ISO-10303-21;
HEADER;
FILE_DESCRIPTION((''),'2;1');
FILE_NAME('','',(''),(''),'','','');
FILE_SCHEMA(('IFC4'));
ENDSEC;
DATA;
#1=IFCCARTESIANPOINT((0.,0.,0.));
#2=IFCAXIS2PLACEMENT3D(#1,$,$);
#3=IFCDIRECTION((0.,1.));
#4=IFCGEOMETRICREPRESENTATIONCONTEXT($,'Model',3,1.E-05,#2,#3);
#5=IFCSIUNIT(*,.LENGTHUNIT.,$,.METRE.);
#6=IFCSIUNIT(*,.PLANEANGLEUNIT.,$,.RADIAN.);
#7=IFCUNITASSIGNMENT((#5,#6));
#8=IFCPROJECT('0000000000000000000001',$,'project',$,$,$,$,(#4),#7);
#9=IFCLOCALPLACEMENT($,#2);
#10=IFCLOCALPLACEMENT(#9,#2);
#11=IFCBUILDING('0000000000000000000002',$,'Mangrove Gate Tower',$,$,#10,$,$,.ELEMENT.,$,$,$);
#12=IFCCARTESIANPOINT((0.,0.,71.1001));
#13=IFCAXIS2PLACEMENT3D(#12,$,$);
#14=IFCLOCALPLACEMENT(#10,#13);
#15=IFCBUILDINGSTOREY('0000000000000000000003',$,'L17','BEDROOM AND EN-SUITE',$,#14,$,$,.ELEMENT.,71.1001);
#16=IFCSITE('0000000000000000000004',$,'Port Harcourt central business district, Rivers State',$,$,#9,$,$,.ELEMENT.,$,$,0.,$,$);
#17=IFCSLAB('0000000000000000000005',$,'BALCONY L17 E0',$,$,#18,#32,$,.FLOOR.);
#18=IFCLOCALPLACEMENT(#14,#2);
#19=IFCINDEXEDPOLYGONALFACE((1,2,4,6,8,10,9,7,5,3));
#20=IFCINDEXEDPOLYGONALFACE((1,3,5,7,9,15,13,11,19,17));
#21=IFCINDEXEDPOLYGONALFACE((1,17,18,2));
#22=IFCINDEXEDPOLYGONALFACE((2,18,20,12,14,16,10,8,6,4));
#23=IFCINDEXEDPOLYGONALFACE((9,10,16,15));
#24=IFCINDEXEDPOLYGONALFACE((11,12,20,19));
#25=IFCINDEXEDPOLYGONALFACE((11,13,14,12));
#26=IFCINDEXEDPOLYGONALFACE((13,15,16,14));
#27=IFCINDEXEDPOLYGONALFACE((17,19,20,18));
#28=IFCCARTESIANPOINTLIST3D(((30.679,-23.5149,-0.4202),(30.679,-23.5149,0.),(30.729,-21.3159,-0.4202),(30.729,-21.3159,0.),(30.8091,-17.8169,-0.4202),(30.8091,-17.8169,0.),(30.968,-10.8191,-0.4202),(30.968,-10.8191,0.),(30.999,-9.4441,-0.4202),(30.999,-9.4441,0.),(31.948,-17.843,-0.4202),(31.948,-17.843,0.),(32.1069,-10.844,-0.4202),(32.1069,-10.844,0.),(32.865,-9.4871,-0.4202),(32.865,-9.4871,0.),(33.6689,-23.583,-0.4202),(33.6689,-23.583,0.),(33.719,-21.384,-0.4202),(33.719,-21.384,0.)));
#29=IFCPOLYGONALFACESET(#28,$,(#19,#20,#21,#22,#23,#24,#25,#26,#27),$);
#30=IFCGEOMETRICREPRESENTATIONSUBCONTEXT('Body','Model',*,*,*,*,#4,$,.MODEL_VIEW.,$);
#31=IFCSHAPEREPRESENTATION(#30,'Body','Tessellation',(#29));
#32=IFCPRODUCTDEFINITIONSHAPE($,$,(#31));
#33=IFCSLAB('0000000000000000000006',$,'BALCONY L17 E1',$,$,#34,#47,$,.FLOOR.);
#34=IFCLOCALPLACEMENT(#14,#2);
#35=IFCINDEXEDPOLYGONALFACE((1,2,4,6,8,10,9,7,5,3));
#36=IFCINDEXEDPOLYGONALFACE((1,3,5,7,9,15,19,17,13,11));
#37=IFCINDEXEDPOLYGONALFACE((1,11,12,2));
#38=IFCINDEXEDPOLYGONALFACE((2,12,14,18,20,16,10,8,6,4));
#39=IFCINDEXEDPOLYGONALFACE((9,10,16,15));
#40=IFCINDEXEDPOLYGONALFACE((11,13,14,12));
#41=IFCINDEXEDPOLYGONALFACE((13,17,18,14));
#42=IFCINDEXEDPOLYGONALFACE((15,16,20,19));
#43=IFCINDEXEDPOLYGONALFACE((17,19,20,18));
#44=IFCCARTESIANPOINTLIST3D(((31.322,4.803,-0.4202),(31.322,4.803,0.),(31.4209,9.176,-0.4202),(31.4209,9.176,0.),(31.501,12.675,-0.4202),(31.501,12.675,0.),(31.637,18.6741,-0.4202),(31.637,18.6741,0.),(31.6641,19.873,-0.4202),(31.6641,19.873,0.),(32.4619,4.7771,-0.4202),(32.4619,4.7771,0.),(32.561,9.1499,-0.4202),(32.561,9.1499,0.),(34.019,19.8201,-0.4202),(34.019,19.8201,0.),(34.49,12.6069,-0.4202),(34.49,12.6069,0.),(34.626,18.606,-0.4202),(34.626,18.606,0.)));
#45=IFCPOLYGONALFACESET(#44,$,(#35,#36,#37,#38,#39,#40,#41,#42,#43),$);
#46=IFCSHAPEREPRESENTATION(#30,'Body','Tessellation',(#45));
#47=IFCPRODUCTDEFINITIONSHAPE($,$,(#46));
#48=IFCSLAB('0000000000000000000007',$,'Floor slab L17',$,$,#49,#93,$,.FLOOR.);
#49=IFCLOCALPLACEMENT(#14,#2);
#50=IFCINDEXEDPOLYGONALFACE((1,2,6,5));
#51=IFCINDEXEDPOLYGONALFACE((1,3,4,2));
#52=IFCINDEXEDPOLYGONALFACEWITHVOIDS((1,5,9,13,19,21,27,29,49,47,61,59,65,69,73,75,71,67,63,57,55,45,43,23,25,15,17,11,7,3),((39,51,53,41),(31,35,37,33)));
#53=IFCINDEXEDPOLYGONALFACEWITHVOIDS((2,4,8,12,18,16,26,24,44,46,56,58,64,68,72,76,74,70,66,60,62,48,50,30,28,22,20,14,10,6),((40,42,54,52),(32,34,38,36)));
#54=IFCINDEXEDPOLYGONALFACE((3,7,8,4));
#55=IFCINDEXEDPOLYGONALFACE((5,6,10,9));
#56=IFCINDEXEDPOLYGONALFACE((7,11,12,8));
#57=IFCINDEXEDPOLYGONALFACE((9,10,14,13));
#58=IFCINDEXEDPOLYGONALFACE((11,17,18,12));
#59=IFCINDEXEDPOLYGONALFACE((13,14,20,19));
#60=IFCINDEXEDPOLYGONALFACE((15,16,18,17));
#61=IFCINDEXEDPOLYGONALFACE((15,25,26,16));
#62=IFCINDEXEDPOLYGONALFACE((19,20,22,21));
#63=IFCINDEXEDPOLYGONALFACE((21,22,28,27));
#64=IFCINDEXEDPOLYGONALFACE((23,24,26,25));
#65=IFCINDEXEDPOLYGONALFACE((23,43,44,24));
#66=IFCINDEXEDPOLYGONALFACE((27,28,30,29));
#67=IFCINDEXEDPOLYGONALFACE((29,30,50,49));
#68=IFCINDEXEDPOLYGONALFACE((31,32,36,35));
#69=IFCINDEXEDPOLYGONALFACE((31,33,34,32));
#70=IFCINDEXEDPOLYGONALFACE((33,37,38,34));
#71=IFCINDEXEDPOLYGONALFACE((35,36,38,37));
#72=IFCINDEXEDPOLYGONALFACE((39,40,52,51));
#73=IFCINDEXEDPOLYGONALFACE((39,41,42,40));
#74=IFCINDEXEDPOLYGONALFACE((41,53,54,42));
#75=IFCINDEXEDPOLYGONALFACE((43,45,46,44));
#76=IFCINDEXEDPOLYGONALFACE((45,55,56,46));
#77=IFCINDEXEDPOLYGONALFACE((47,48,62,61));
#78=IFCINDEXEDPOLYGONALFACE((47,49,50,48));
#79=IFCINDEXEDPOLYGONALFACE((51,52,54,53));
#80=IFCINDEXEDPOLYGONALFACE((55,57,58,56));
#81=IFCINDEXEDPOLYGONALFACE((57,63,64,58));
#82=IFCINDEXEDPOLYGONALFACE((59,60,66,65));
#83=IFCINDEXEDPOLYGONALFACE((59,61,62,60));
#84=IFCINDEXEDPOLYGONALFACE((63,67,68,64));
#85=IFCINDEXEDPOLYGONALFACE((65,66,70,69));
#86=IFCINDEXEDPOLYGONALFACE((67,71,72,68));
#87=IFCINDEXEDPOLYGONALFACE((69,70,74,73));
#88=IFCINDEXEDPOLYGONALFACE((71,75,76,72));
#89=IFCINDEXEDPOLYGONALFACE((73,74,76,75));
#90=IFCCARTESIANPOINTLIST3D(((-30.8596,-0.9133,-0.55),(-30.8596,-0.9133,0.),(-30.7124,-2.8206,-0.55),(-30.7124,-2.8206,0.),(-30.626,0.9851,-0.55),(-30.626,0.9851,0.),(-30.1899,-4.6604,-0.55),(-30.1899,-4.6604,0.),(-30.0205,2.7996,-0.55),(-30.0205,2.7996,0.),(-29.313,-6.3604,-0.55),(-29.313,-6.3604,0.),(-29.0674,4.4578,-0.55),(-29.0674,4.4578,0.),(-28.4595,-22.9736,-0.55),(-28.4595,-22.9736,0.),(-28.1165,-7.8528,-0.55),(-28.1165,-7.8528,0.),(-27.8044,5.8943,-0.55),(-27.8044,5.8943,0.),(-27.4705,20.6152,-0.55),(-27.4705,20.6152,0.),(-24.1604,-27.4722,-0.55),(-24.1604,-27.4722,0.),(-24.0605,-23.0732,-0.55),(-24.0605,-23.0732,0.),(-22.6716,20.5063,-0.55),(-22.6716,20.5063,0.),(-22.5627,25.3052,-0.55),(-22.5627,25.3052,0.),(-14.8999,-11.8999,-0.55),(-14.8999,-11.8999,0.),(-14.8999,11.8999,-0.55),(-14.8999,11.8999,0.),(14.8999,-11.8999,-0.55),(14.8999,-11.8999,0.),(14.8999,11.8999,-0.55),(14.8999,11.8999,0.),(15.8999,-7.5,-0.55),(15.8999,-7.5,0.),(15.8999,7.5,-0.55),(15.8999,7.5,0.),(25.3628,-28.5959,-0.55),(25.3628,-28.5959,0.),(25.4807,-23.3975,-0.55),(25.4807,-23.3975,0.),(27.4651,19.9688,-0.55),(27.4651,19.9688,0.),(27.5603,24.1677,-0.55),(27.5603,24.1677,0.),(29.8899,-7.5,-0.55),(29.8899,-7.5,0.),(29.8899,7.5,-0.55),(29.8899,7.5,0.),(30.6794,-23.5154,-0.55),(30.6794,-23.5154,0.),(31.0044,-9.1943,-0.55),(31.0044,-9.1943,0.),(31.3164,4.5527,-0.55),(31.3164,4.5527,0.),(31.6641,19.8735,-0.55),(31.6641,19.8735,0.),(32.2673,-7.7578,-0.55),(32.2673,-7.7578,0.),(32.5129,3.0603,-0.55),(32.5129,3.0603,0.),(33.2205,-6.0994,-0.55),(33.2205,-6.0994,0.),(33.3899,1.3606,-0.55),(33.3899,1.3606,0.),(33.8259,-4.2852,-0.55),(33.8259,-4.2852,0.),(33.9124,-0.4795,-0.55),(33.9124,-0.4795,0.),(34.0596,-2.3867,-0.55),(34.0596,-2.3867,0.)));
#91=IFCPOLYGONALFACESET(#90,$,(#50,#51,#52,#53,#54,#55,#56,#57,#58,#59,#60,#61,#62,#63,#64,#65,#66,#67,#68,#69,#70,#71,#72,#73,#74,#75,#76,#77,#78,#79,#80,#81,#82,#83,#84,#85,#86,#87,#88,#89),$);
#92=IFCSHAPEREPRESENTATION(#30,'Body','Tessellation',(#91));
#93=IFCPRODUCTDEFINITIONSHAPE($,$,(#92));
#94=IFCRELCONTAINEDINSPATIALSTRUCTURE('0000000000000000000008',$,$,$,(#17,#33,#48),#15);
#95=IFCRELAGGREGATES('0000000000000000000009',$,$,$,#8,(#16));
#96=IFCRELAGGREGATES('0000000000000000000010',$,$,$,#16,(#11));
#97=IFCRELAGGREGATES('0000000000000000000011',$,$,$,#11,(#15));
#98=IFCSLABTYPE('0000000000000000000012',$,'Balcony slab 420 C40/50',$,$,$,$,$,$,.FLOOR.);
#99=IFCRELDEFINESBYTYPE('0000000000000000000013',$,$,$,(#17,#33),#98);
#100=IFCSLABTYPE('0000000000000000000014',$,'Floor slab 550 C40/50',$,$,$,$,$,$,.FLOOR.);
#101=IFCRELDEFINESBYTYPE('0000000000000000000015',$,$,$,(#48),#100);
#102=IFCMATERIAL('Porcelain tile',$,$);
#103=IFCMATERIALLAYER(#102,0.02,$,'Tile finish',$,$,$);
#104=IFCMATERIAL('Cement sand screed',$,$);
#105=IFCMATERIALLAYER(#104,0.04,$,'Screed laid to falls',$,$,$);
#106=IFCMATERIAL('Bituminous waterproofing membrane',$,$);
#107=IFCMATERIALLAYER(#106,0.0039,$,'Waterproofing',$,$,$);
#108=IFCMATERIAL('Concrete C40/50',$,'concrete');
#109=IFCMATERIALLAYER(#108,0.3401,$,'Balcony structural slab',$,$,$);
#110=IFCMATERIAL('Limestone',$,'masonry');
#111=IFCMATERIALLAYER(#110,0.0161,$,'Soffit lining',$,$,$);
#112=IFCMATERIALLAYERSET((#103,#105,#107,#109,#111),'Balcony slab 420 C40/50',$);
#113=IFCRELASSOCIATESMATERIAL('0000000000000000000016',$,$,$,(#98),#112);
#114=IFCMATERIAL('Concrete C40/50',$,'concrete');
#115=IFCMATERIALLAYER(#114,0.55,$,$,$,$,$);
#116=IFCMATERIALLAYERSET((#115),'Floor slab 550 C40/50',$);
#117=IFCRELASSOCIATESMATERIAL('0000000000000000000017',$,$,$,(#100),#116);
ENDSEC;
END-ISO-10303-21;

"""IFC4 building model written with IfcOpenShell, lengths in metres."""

from ifc_helpers import new_model, si_unit, direction, frame, origin, place, context, subcontext, project, spatial, polyline, outline, extrude, material, layer, layer_set, type_object, element, save


model = new_model("IFC4")

# Units and contexts
model_context = context("Model", 3, precision=1e-05, world=origin(), true_north=direction((0.0, 1.0)))
body_context = subcontext(model_context, "Body", "Model", "MODEL_VIEW")
ifc_project = project(units=[si_unit("LENGTHUNIT", "METRE"), si_unit("PLANEANGLEUNIT", "RADIAN")], contexts=[model_context])

# Site, building, storey
site_placement = place(None, origin())
site = spatial("IfcSite", under=ifc_project, at=site_placement, Name="Port Harcourt central business district, Rivers State", CompositionType="ELEMENT", RefElevation=0.0)
building_placement = place(site_placement, origin())
building = spatial("IfcBuilding", under=site, at=building_placement, Name="Mangrove Gate Tower", CompositionType="ELEMENT")
storey_placement = place(building_placement, frame((0.0, 0.0, 71.1001)))
storey = spatial("IfcBuildingStorey", under=building, at=storey_placement, Name="L17", Description="BEDROOM AND EN-SUITE", CompositionType="ELEMENT", Elevation=71.1001)

# Slabs
ifc_material_1 = material(Name="Porcelain tile")
ifc_layer_1 = layer(ifc_material_1, 0.02, Name="Tile finish")
ifc_material_2 = material(Name="Cement sand screed")
ifc_layer_2 = layer(ifc_material_2, 0.04, Name="Screed laid to falls")
ifc_material_3 = material(Name="Bituminous waterproofing membrane")
ifc_layer_3 = layer(ifc_material_3, 0.0039, Name="Waterproofing")
ifc_material_4 = material(Name="Concrete C40/50", Category="concrete")
ifc_layer_4 = layer(ifc_material_4, 0.3401, Name="Balcony structural slab")
ifc_material_5 = material(Name="Limestone", Category="masonry")
ifc_layer_5 = layer(ifc_material_5, 0.0161, Name="Soffit lining")
ifc_layer_set_1 = layer_set([ifc_layer_1, ifc_layer_2, ifc_layer_3, ifc_layer_4, ifc_layer_5], Name="Balcony slab 420 C40/50")
slab_type_1 = type_object("IfcSlabType", Name="Balcony slab 420 C40/50", PredefinedType="FLOOR", material=ifc_layer_set_1)
slab_1_placement = place(storey_placement, frame((0.0, 0.0, -0.4202)))
element("IfcSlab", 1, at=slab_1_placement, inside=storey, type_object=slab_type_1, Name="BALCONY L17 E0", PredefinedType="FLOOR", context=body_context, shape_type="SweptSolid", body=[
    extrude(outline(polyline([(33.6689, -23.583), (33.719, -21.384), (31.948, -17.843), (32.1069, -10.844), (32.865, -9.4871), (30.999, -9.4441), (30.968, -10.8191), (30.8091, -17.8169), (30.729, -21.3159), (30.679, -23.5149), (33.6689, -23.583)])), origin(), (0.0, 0.0, 1.0), 0.4202),
])
slab_2_placement = place(storey_placement, frame((0.0, 0.0, -0.4202)))
element("IfcSlab", 2, at=slab_2_placement, inside=storey, type_object=slab_type_1, Name="BALCONY L17 E1", PredefinedType="FLOOR", context=body_context, shape_type="SweptSolid", body=[
    extrude(outline(polyline([(32.4619, 4.7771), (32.561, 9.1499), (34.49, 12.6069), (34.626, 18.606), (34.019, 19.8201), (31.6641, 19.873), (31.637, 18.6741), (31.501, 12.675), (31.4209, 9.176), (31.322, 4.803), (32.4619, 4.7771)])), origin(), (0.0, 0.0, 1.0), 0.4202),
])
ifc_material_6 = material(Name="Concrete C40/50", Category="concrete")
ifc_layer_6 = layer(ifc_material_6, 0.55)
ifc_layer_set_2 = layer_set([ifc_layer_6], Name="Floor slab 550 C40/50")
slab_type_2 = type_object("IfcSlabType", Name="Floor slab 550 C40/50", PredefinedType="FLOOR", material=ifc_layer_set_2)
slab_3_placement = place(storey_placement, frame((0.0, 0.0, -0.55)))
element("IfcSlab", 3, at=slab_3_placement, inside=storey, type_object=slab_type_2, Name="Floor slab L17", PredefinedType="FLOOR", context=body_context, shape_type="SweptSolid", body=[
    extrude(outline(polyline([(-24.1604, -27.4722), (25.3628, -28.5959), (25.4807, -23.3975), (30.6794, -23.5154), (31.0044, -9.1943), (32.2673, -7.7578), (33.2205, -6.0994), (33.8259, -4.2852), (34.0596, -2.3867), (33.9124, -0.4795), (33.3899, 1.3606), (32.5129, 3.0603), (31.3164, 4.5527), (31.6641, 19.8735), (27.4651, 19.9688), (27.5603, 24.1677), (-22.5627, 25.3052), (-22.6716, 20.5063), (-27.4705, 20.6152), (-27.8044, 5.8943), (-29.0674, 4.4578), (-30.0205, 2.7996), (-30.626, 0.9851), (-30.8596, -0.9133), (-30.7124, -2.8206), (-30.1899, -4.6604), (-29.313, -6.3604), (-28.1165, -7.8528), (-28.4595, -22.9736), (-24.0605, -23.0732), (-24.1604, -27.4722)]), holes=[polyline([(15.8999, 7.5), (29.8899, 7.5), (29.8899, -7.5), (15.8999, -7.5), (15.8999, 7.5)]), polyline([(-14.8999, -11.8999), (-14.8999, 11.8999), (14.8999, 11.8999), (14.8999, -11.8999), (-14.8999, -11.8999)])]), origin(), (0.0, 0.0, 1.0), 0.55),
])

save(model, "model.ifc")
